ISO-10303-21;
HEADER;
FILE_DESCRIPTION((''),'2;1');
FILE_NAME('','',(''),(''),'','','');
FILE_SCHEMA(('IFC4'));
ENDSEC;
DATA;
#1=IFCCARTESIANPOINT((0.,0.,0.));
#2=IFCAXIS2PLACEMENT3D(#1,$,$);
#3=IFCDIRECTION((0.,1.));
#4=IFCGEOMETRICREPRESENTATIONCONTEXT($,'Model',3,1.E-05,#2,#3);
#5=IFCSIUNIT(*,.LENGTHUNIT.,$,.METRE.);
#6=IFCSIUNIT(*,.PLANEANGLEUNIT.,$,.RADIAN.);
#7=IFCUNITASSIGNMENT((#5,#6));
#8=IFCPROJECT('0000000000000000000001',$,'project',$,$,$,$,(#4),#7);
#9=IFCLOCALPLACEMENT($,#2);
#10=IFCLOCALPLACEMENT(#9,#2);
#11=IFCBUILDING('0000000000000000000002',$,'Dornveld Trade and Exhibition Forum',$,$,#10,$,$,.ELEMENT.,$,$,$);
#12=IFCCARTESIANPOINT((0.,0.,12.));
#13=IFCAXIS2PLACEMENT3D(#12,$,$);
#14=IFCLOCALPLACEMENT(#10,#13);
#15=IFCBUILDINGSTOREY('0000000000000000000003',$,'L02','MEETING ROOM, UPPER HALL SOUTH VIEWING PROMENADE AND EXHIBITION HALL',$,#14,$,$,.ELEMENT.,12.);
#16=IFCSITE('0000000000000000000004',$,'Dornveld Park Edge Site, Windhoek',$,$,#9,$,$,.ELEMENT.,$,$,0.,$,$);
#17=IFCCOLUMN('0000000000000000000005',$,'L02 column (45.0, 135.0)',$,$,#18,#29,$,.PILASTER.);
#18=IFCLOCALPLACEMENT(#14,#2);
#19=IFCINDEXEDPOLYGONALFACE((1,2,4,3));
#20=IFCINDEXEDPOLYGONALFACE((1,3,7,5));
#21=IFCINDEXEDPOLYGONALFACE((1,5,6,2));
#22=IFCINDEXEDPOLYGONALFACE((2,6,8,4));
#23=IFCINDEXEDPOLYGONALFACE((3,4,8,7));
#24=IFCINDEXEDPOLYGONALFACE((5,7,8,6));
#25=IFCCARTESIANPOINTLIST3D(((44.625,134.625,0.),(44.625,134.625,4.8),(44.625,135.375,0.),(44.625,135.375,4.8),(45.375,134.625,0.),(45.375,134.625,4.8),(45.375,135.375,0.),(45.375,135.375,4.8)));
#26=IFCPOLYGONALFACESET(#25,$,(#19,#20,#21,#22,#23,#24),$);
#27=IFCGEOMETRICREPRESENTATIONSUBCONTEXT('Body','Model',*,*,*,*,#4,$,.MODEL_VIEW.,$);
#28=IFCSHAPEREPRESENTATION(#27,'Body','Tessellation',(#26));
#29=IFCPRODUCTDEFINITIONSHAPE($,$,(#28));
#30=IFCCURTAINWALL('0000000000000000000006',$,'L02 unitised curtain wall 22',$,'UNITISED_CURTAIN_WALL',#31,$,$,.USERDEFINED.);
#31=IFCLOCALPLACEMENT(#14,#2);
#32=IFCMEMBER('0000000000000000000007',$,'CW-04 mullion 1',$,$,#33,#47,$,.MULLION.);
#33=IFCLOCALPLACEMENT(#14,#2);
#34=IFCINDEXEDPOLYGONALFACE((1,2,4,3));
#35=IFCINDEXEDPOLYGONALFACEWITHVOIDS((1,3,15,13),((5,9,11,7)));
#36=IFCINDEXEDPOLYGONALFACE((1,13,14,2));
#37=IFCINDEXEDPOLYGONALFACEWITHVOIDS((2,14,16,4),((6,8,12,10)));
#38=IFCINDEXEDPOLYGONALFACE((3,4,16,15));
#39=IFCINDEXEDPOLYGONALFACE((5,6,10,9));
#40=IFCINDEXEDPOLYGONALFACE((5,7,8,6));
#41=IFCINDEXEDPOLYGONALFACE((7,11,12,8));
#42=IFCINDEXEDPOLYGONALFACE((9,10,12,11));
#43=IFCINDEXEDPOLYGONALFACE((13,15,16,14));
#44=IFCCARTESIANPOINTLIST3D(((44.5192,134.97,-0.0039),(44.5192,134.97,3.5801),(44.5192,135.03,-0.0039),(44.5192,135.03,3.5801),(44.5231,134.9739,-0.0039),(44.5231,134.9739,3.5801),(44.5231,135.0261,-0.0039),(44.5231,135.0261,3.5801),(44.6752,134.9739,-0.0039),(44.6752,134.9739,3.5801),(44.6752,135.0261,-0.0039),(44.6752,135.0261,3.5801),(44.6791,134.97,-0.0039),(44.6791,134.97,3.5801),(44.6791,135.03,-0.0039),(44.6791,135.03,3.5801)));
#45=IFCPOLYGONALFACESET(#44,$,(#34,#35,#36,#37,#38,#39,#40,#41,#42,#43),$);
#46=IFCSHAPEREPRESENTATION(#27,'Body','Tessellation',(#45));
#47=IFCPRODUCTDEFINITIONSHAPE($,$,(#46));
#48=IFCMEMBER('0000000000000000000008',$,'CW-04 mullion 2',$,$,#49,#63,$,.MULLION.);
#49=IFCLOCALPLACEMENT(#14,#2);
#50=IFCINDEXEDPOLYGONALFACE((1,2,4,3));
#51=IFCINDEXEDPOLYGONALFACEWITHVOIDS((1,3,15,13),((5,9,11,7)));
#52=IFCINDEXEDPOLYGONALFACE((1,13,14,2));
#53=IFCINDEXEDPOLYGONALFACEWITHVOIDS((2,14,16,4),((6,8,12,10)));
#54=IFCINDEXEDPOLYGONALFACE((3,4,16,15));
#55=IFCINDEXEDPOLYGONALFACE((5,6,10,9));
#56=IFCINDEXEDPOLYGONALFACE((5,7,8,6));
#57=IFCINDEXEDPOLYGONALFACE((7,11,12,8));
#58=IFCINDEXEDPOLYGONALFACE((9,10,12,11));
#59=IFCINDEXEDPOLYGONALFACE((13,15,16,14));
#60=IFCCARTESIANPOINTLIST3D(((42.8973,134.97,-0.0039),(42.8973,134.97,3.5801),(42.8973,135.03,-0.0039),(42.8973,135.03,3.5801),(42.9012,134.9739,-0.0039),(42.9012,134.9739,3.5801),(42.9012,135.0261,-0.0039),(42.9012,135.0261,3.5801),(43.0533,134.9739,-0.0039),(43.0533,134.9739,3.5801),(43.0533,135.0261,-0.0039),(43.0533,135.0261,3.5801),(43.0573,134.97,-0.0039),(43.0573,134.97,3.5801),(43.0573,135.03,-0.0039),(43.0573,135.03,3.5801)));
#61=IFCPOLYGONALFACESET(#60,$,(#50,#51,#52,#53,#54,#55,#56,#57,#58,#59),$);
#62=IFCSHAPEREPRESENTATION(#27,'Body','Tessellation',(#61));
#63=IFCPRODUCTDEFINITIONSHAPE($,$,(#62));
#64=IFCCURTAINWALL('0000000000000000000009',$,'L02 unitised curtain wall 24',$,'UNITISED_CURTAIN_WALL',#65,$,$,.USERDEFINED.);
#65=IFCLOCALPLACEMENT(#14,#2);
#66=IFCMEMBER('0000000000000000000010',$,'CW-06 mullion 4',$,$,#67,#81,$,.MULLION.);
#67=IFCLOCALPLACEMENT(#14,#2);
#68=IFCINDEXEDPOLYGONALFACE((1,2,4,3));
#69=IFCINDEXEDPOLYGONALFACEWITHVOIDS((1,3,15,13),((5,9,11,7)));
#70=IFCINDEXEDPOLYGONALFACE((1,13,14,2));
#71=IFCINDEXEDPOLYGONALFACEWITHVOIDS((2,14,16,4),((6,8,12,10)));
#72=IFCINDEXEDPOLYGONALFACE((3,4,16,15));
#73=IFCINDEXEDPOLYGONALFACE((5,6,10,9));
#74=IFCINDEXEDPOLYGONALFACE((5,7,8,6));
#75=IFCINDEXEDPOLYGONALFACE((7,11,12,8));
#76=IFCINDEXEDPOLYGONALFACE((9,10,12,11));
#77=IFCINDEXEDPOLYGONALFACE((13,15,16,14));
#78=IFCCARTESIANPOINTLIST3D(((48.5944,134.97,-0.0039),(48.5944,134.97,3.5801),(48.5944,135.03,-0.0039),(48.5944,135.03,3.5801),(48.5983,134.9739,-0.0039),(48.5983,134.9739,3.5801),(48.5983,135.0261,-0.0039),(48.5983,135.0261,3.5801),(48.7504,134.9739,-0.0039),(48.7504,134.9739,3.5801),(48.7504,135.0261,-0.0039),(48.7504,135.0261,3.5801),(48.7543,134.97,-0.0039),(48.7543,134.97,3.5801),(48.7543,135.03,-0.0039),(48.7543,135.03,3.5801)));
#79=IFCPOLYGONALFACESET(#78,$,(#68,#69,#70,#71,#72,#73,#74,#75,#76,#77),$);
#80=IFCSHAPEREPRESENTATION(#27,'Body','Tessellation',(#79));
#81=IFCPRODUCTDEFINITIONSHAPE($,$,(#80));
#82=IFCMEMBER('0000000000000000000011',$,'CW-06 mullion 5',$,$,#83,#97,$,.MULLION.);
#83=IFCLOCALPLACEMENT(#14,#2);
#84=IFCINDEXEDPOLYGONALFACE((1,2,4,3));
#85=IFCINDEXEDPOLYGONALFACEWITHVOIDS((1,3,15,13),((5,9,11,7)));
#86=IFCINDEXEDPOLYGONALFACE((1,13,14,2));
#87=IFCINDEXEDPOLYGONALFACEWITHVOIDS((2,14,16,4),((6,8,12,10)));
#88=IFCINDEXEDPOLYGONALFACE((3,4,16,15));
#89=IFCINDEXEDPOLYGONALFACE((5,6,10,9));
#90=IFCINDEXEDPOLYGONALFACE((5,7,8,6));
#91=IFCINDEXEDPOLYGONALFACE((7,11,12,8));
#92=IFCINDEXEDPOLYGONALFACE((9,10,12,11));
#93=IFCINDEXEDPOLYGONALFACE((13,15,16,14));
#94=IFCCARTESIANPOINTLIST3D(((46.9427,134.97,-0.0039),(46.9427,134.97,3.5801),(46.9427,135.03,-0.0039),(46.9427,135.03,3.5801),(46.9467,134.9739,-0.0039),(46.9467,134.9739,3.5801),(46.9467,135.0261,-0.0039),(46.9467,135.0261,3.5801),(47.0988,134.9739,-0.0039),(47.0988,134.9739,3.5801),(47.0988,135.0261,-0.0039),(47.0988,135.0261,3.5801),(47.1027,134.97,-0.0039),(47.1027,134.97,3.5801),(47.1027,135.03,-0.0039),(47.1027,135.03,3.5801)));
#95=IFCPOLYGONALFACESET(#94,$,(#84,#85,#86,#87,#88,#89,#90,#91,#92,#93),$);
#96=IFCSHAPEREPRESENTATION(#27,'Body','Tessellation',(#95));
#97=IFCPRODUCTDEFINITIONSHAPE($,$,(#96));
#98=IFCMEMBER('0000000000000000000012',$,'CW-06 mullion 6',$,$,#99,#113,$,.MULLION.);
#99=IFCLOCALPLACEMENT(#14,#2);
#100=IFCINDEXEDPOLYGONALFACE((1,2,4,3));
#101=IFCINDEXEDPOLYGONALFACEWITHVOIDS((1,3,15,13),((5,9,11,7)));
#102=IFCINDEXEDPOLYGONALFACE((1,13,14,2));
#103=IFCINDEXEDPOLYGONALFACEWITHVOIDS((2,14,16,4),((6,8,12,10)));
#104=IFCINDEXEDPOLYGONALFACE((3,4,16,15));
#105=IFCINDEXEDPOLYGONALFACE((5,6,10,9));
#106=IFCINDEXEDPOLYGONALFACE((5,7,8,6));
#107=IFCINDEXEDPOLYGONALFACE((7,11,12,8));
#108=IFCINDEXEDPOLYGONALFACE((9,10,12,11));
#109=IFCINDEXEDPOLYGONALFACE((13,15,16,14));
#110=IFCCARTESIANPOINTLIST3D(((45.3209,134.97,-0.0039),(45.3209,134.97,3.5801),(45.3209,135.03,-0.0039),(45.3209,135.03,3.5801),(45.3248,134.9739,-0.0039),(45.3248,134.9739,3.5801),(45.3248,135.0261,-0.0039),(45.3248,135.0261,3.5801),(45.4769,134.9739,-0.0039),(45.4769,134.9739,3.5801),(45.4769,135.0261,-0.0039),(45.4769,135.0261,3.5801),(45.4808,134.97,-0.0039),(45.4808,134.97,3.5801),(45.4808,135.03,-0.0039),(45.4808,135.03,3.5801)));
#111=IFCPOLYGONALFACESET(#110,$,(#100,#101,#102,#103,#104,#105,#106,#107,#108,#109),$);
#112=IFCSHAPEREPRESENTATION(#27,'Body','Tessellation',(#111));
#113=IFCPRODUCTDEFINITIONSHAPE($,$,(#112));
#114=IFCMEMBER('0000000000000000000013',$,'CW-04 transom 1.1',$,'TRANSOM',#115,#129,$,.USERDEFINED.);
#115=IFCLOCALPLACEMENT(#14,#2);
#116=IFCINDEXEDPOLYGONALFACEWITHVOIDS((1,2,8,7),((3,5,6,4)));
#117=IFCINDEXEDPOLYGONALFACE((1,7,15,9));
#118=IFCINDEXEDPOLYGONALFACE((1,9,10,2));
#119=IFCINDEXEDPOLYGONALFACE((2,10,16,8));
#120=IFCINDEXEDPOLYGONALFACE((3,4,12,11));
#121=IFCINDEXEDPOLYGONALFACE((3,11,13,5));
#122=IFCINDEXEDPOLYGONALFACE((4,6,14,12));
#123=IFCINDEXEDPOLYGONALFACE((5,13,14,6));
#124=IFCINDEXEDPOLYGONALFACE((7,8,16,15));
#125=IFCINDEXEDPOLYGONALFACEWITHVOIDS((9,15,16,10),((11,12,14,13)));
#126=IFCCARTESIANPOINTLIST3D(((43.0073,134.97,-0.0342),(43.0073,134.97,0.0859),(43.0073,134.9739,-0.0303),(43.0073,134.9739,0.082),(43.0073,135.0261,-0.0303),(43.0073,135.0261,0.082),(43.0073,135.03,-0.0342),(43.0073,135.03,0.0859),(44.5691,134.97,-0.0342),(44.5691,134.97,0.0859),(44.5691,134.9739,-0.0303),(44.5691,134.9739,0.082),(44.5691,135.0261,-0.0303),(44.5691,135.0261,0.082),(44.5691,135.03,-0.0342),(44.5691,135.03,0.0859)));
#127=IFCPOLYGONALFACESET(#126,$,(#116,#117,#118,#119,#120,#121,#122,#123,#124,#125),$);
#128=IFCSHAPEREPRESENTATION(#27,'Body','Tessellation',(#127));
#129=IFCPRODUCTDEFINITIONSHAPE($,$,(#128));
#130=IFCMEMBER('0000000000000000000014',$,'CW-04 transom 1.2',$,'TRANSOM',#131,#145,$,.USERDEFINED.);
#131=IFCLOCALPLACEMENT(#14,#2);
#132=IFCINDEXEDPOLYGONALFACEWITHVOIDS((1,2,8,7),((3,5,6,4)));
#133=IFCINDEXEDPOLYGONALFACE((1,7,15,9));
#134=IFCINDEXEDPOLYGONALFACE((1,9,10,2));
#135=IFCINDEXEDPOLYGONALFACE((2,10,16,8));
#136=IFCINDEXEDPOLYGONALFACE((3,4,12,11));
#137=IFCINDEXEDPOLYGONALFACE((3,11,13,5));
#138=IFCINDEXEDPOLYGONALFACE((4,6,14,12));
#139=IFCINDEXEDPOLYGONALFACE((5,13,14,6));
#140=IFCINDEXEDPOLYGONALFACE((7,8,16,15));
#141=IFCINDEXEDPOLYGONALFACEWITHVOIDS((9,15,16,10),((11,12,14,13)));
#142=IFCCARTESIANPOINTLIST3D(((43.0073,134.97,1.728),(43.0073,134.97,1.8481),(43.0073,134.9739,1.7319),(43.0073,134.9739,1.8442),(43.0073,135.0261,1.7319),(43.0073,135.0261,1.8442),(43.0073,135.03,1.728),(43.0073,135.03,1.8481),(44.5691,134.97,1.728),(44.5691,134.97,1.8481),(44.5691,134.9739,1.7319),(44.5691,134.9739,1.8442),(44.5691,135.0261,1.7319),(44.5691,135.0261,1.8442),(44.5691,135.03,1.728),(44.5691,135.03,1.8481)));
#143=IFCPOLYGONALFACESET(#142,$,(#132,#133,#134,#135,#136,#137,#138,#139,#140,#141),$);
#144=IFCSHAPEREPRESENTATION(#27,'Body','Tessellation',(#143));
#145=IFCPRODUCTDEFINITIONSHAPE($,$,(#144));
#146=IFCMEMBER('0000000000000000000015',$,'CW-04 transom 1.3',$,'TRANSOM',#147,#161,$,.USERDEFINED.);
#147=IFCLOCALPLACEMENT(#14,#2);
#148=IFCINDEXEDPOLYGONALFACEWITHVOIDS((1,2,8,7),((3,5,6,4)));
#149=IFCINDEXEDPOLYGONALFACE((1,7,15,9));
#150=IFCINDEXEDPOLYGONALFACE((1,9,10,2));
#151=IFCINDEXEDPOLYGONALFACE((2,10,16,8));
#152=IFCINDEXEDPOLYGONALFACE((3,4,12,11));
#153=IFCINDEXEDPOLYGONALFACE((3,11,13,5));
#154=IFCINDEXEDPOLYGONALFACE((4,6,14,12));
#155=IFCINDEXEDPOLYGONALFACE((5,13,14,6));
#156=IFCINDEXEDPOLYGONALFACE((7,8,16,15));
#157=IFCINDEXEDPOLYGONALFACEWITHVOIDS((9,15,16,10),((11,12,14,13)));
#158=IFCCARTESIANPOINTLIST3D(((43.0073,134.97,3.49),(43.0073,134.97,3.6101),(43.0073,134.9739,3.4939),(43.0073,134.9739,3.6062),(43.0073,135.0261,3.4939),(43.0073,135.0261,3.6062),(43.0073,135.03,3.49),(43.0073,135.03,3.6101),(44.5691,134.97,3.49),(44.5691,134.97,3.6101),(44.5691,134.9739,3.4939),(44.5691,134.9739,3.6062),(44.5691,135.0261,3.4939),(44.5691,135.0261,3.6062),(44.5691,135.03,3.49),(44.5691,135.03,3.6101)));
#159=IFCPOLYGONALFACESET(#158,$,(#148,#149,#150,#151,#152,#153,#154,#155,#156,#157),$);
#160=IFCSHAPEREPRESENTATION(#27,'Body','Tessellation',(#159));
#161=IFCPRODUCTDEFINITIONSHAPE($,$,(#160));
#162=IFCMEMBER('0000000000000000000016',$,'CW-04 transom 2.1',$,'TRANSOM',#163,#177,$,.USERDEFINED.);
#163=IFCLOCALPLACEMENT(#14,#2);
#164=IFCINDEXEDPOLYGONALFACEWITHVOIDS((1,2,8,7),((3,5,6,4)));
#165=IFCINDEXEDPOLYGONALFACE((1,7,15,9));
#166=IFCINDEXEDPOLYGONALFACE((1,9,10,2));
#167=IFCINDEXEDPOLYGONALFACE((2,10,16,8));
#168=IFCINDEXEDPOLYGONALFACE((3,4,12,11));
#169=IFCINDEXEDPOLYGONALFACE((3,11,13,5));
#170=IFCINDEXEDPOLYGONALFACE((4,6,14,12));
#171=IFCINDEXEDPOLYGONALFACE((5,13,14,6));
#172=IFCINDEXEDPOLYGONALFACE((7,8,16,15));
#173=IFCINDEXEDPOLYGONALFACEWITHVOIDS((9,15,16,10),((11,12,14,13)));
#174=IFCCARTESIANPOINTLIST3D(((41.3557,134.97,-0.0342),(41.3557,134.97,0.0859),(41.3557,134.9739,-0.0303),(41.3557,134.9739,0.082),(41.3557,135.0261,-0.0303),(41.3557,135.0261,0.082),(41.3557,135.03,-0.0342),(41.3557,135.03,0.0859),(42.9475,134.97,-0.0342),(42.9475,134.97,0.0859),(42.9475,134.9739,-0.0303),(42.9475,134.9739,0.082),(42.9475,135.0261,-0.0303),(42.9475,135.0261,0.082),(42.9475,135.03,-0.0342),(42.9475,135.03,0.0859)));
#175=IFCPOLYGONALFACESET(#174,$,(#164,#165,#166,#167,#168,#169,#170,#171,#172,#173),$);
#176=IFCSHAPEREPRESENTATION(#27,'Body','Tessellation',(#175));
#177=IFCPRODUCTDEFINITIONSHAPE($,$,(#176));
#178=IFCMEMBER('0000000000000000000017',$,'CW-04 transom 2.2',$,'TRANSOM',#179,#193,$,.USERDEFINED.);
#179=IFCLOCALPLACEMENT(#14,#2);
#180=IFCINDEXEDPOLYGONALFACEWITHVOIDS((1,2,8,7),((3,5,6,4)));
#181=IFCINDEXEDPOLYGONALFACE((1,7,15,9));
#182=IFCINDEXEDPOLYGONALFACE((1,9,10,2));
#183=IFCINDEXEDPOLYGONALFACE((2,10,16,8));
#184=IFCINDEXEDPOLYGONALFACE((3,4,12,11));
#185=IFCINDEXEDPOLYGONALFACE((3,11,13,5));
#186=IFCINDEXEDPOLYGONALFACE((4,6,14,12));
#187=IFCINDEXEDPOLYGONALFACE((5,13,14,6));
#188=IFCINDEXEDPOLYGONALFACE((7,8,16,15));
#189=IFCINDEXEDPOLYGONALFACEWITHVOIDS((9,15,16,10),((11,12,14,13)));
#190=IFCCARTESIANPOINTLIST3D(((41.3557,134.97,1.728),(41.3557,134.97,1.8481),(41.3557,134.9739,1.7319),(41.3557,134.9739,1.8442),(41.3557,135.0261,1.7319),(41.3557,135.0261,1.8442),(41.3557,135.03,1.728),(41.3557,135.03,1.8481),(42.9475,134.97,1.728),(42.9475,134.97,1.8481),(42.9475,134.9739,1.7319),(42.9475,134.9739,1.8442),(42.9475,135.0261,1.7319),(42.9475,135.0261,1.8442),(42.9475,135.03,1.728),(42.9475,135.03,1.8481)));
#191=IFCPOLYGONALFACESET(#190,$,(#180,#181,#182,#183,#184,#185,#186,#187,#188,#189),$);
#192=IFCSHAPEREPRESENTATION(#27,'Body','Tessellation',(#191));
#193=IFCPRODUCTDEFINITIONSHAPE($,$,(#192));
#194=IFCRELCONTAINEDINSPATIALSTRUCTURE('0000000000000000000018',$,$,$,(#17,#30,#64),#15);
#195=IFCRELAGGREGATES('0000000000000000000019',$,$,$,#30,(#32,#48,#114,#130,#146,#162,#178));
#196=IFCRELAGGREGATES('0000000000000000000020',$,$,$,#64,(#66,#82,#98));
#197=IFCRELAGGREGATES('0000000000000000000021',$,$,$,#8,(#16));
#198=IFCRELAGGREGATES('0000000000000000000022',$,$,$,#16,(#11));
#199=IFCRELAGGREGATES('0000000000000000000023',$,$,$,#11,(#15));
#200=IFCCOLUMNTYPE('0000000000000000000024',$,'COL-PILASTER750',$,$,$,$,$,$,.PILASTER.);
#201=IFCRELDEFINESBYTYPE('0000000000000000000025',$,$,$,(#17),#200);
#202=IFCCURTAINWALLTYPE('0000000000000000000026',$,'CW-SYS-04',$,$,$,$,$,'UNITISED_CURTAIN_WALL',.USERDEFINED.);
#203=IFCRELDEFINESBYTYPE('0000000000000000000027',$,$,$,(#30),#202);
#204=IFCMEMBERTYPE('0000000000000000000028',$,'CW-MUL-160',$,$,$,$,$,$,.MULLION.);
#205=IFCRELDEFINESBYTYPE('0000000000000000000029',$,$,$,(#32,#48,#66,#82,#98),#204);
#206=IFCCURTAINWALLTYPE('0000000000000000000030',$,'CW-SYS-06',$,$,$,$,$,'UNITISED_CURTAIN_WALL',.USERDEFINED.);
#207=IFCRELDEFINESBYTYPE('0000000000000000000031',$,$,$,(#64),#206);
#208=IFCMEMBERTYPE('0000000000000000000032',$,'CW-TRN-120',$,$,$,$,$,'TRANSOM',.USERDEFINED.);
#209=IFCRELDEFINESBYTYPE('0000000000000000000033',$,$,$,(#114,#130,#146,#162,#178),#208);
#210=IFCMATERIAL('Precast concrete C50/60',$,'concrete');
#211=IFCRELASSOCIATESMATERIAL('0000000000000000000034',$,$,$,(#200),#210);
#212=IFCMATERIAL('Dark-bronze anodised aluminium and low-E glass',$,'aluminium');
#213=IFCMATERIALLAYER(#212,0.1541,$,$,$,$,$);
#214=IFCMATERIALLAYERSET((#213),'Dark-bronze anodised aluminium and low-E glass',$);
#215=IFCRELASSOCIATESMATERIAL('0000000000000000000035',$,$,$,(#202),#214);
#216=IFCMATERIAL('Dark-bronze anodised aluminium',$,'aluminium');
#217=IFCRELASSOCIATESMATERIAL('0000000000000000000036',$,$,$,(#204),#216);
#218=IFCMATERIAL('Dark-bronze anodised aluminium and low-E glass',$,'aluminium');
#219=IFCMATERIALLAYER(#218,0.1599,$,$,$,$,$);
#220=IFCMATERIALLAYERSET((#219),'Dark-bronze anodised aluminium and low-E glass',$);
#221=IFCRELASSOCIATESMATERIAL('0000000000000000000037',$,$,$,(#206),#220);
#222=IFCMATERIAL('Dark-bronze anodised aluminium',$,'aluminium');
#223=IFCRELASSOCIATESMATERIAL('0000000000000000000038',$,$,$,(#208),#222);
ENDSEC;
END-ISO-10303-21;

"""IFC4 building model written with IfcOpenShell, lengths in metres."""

from ifc_helpers import new_model, si_unit, direction, frame, origin, origin_2d, place, context, subcontext, project, spatial, rectangle, hollow_rectangle, extrude, material, layer, layer_set, material_profile, profile_set, type_object, element, aggregate, save


model = new_model("IFC4")

# Units and contexts
model_context = context("Model", 3, precision=1e-05, world=origin(), true_north=direction((0.0, 1.0)))
body_context = subcontext(model_context, "Body", "Model", "MODEL_VIEW")
ifc_project = project(units=[si_unit("LENGTHUNIT", "METRE"), si_unit("PLANEANGLEUNIT", "RADIAN")], contexts=[model_context])

# Site, building, storey
site_placement = place(None, origin())
site = spatial("IfcSite", under=ifc_project, at=site_placement, Name="Dornveld Park Edge Site, Windhoek", CompositionType="ELEMENT", RefElevation=0.0)
building_placement = place(site_placement, origin())
building = spatial("IfcBuilding", under=site, at=building_placement, Name="Dornveld Trade and Exhibition Forum", CompositionType="ELEMENT")
storey_placement = place(building_placement, frame((0.0, 0.0, 12.0)))
storey = spatial("IfcBuildingStorey", under=building, at=storey_placement, Name="L02", Description="MEETING ROOM, UPPER HALL SOUTH VIEWING PROMENADE AND EXHIBITION HALL", CompositionType="ELEMENT", Elevation=12.0)

# Column
ifc_material_1 = material(Name="Precast concrete C50/60", Category="concrete")
ifc_material_profile_1 = material_profile(ifc_material_1, rectangle(XDim=0.75, YDim=0.75, at=origin_2d()), Name="PC-COL 750x750")
ifc_profile_set_1 = profile_set([ifc_material_profile_1], Name="Precast concrete C50/60")
column_type = type_object("IfcColumnType", Name="COL-PILASTER750", PredefinedType="PILASTER", material=ifc_profile_set_1)
column_placement = place(storey_placement, frame((45.0, 135.0, 0.0), z_axis=(0.0, 0.0, 1.0), x_axis=(1.0, 0.0, 0.0)))
element("IfcColumn", 1, at=column_placement, inside=storey, type_object=column_type, Name="L02 column (45.0, 135.0)", PredefinedType="PILASTER", context=body_context, shape_type="SweptSolid", body=[
    extrude(rectangle(XDim=0.75, YDim=0.75, at=origin_2d()), origin(), (0.0, 0.0, 1.0), 4.8),
])

# Curtain walls, members
ifc_material_2 = material(Name="Dark-bronze anodised aluminium and low-E glass", Category="aluminium")
ifc_layer_1 = layer(ifc_material_2, 0.1541)
ifc_layer_set_1 = layer_set([ifc_layer_1], Name="Dark-bronze anodised aluminium and low-E glass")
curtain_wall_type_1 = type_object("IfcCurtainWallType", Name="CW-SYS-04", ElementType="UNITISED_CURTAIN_WALL", PredefinedType="USERDEFINED", material=ifc_layer_set_1)
curtain_wall_1_placement = place(storey_placement, origin())
curtain_wall_1 = element("IfcCurtainWall", 2, at=curtain_wall_1_placement, inside=storey, type_object=curtain_wall_type_1, Name="L02 unitised curtain wall 22", ObjectType="UNITISED_CURTAIN_WALL", PredefinedType="USERDEFINED")
ifc_material_3 = material(Name="Dark-bronze anodised aluminium", Category="aluminium")
ifc_material_profile_2 = material_profile(ifc_material_3, hollow_rectangle(XDim=0.0601, YDim=0.1599, WallThickness=0.0039, at=origin_2d()), Name="RHS 160x60x4")
ifc_profile_set_2 = profile_set([ifc_material_profile_2], Name="Dark-bronze anodised aluminium")
member_type_1 = type_object("IfcMemberType", Name="CW-MUL-160", PredefinedType="MULLION", material=ifc_profile_set_2)
member_1_placement = place(storey_placement, frame((44.5991, 135.0, -0.0039), z_axis=(0.0, 0.0, 1.0), x_axis=(0.0, -1.0, 0.0)))
member_1 = element("IfcMember", 3, at=member_1_placement, type_object=member_type_1, Name="CW-04 mullion 1", PredefinedType="MULLION", context=body_context, shape_type="SweptSolid", body=[
    extrude(hollow_rectangle(XDim=0.0601, YDim=0.1599, WallThickness=0.0039, at=origin_2d()), origin(), (0.0, 0.0, 1.0), 3.584),
])
member_2_placement = place(storey_placement, frame((42.9773, 135.0, -0.0039), z_axis=(0.0, 0.0, 1.0), x_axis=(0.0, -1.0, 0.0)))
member_2 = element("IfcMember", 4, at=member_2_placement, type_object=member_type_1, Name="CW-04 mullion 2", PredefinedType="MULLION", context=body_context, shape_type="SweptSolid", body=[
    extrude(hollow_rectangle(XDim=0.0601, YDim=0.1599, WallThickness=0.0039, at=origin_2d()), origin(), (0.0, 0.0, 1.0), 3.584),
])
ifc_material_4 = material(Name="Dark-bronze anodised aluminium and low-E glass", Category="aluminium")
ifc_layer_2 = layer(ifc_material_4, 0.1599)
ifc_layer_set_2 = layer_set([ifc_layer_2], Name="Dark-bronze anodised aluminium and low-E glass")
curtain_wall_type_2 = type_object("IfcCurtainWallType", Name="CW-SYS-06", ElementType="UNITISED_CURTAIN_WALL", PredefinedType="USERDEFINED", material=ifc_layer_set_2)
curtain_wall_2_placement = place(storey_placement, origin())
curtain_wall_2 = element("IfcCurtainWall", 5, at=curtain_wall_2_placement, inside=storey, type_object=curtain_wall_type_2, Name="L02 unitised curtain wall 24", ObjectType="UNITISED_CURTAIN_WALL", PredefinedType="USERDEFINED")
member_3_placement = place(storey_placement, frame((48.6743, 135.0, -0.0039), z_axis=(0.0, 0.0, 1.0), x_axis=(0.0, -1.0, 0.0)))
member_3 = element("IfcMember", 6, at=member_3_placement, type_object=member_type_1, Name="CW-06 mullion 4", PredefinedType="MULLION", context=body_context, shape_type="SweptSolid", body=[
    extrude(hollow_rectangle(XDim=0.0601, YDim=0.1599, WallThickness=0.0039, at=origin_2d()), origin(), (0.0, 0.0, 1.0), 3.584),
])
member_4_placement = place(storey_placement, frame((47.0227, 135.0, -0.0039), z_axis=(0.0, 0.0, 1.0), x_axis=(0.0, -1.0, 0.0)))
member_4 = element("IfcMember", 7, at=member_4_placement, type_object=member_type_1, Name="CW-06 mullion 5", PredefinedType="MULLION", context=body_context, shape_type="SweptSolid", body=[
    extrude(hollow_rectangle(XDim=0.0601, YDim=0.1599, WallThickness=0.0039, at=origin_2d()), origin(), (0.0, 0.0, 1.0), 3.584),
])
member_5_placement = place(storey_placement, frame((45.4009, 135.0, -0.0039), z_axis=(0.0, 0.0, 1.0), x_axis=(0.0, -1.0, 0.0)))
member_5 = element("IfcMember", 8, at=member_5_placement, type_object=member_type_1, Name="CW-06 mullion 6", PredefinedType="MULLION", context=body_context, shape_type="SweptSolid", body=[
    extrude(hollow_rectangle(XDim=0.0601, YDim=0.1599, WallThickness=0.0039, at=origin_2d()), origin(), (0.0, 0.0, 1.0), 3.584),
])

# Members
ifc_material_5 = material(Name="Dark-bronze anodised aluminium", Category="aluminium")
ifc_material_profile_3 = material_profile(ifc_material_5, hollow_rectangle(XDim=0.0601, YDim=0.1201, WallThickness=0.0039, at=origin_2d()), Name="RHS 120x60x4")
ifc_profile_set_3 = profile_set([ifc_material_profile_3], Name="Dark-bronze anodised aluminium")
member_type_2 = type_object("IfcMemberType", Name="CW-TRN-120", ElementType="TRANSOM", PredefinedType="USERDEFINED", material=ifc_profile_set_3)
member_6_placement = place(storey_placement, frame((44.5691, 135.0, 0.0259), z_axis=(-1.0, 0.0, 0.0), x_axis=(0.0, -1.0, 0.0)))
member_6 = element("IfcMember", 9, at=member_6_placement, type_object=member_type_2, Name="CW-04 transom 1.1", ObjectType="TRANSOM", PredefinedType="USERDEFINED", context=body_context, shape_type="SweptSolid", body=[
    extrude(hollow_rectangle(XDim=0.0601, YDim=0.1201, WallThickness=0.0039, at=origin_2d()), origin(), (0.0, 0.0, 1.0), 1.5618),
])
member_7_placement = place(storey_placement, frame((44.5691, 135.0, 1.7881), z_axis=(-1.0, 0.0, 0.0), x_axis=(0.0, -1.0, 0.0)))
member_7 = element("IfcMember", 10, at=member_7_placement, type_object=member_type_2, Name="CW-04 transom 1.2", ObjectType="TRANSOM", PredefinedType="USERDEFINED", context=body_context, shape_type="SweptSolid", body=[
    extrude(hollow_rectangle(XDim=0.0601, YDim=0.1201, WallThickness=0.0039, at=origin_2d()), origin(), (0.0, 0.0, 1.0), 1.5618),
])
member_8_placement = place(storey_placement, frame((44.5691, 135.0, 3.55), z_axis=(-1.0, 0.0, 0.0), x_axis=(0.0, -1.0, 0.0)))
member_8 = element("IfcMember", 11, at=member_8_placement, type_object=member_type_2, Name="CW-04 transom 1.3", ObjectType="TRANSOM", PredefinedType="USERDEFINED", context=body_context, shape_type="SweptSolid", body=[
    extrude(hollow_rectangle(XDim=0.0601, YDim=0.1201, WallThickness=0.0039, at=origin_2d()), origin(), (0.0, 0.0, 1.0), 1.5618),
])
member_9_placement = place(storey_placement, frame((42.9475, 135.0, 0.0259), z_axis=(-1.0, 0.0, 0.0), x_axis=(0.0, -1.0, 0.0)))
member_9 = element("IfcMember", 12, at=member_9_placement, type_object=member_type_2, Name="CW-04 transom 2.1", ObjectType="TRANSOM", PredefinedType="USERDEFINED", context=body_context, shape_type="SweptSolid", body=[
    extrude(hollow_rectangle(XDim=0.0601, YDim=0.1201, WallThickness=0.0039, at=origin_2d()), origin(), (0.0, 0.0, 1.0), 1.5918),
])
member_10_placement = place(storey_placement, frame((42.9475, 135.0, 1.7881), z_axis=(-1.0, 0.0, 0.0), x_axis=(0.0, -1.0, 0.0)))
member_10 = element("IfcMember", 13, at=member_10_placement, type_object=member_type_2, Name="CW-04 transom 2.2", ObjectType="TRANSOM", PredefinedType="USERDEFINED", context=body_context, shape_type="SweptSolid", body=[
    extrude(hollow_rectangle(XDim=0.0601, YDim=0.1201, WallThickness=0.0039, at=origin_2d()), origin(), (0.0, 0.0, 1.0), 1.5918),
])

aggregate(curtain_wall_1, [member_1, member_2, member_6, member_7, member_8, member_9, member_10])
aggregate(curtain_wall_2, [member_3, member_4, member_5])

save(model, "model.ifc")
